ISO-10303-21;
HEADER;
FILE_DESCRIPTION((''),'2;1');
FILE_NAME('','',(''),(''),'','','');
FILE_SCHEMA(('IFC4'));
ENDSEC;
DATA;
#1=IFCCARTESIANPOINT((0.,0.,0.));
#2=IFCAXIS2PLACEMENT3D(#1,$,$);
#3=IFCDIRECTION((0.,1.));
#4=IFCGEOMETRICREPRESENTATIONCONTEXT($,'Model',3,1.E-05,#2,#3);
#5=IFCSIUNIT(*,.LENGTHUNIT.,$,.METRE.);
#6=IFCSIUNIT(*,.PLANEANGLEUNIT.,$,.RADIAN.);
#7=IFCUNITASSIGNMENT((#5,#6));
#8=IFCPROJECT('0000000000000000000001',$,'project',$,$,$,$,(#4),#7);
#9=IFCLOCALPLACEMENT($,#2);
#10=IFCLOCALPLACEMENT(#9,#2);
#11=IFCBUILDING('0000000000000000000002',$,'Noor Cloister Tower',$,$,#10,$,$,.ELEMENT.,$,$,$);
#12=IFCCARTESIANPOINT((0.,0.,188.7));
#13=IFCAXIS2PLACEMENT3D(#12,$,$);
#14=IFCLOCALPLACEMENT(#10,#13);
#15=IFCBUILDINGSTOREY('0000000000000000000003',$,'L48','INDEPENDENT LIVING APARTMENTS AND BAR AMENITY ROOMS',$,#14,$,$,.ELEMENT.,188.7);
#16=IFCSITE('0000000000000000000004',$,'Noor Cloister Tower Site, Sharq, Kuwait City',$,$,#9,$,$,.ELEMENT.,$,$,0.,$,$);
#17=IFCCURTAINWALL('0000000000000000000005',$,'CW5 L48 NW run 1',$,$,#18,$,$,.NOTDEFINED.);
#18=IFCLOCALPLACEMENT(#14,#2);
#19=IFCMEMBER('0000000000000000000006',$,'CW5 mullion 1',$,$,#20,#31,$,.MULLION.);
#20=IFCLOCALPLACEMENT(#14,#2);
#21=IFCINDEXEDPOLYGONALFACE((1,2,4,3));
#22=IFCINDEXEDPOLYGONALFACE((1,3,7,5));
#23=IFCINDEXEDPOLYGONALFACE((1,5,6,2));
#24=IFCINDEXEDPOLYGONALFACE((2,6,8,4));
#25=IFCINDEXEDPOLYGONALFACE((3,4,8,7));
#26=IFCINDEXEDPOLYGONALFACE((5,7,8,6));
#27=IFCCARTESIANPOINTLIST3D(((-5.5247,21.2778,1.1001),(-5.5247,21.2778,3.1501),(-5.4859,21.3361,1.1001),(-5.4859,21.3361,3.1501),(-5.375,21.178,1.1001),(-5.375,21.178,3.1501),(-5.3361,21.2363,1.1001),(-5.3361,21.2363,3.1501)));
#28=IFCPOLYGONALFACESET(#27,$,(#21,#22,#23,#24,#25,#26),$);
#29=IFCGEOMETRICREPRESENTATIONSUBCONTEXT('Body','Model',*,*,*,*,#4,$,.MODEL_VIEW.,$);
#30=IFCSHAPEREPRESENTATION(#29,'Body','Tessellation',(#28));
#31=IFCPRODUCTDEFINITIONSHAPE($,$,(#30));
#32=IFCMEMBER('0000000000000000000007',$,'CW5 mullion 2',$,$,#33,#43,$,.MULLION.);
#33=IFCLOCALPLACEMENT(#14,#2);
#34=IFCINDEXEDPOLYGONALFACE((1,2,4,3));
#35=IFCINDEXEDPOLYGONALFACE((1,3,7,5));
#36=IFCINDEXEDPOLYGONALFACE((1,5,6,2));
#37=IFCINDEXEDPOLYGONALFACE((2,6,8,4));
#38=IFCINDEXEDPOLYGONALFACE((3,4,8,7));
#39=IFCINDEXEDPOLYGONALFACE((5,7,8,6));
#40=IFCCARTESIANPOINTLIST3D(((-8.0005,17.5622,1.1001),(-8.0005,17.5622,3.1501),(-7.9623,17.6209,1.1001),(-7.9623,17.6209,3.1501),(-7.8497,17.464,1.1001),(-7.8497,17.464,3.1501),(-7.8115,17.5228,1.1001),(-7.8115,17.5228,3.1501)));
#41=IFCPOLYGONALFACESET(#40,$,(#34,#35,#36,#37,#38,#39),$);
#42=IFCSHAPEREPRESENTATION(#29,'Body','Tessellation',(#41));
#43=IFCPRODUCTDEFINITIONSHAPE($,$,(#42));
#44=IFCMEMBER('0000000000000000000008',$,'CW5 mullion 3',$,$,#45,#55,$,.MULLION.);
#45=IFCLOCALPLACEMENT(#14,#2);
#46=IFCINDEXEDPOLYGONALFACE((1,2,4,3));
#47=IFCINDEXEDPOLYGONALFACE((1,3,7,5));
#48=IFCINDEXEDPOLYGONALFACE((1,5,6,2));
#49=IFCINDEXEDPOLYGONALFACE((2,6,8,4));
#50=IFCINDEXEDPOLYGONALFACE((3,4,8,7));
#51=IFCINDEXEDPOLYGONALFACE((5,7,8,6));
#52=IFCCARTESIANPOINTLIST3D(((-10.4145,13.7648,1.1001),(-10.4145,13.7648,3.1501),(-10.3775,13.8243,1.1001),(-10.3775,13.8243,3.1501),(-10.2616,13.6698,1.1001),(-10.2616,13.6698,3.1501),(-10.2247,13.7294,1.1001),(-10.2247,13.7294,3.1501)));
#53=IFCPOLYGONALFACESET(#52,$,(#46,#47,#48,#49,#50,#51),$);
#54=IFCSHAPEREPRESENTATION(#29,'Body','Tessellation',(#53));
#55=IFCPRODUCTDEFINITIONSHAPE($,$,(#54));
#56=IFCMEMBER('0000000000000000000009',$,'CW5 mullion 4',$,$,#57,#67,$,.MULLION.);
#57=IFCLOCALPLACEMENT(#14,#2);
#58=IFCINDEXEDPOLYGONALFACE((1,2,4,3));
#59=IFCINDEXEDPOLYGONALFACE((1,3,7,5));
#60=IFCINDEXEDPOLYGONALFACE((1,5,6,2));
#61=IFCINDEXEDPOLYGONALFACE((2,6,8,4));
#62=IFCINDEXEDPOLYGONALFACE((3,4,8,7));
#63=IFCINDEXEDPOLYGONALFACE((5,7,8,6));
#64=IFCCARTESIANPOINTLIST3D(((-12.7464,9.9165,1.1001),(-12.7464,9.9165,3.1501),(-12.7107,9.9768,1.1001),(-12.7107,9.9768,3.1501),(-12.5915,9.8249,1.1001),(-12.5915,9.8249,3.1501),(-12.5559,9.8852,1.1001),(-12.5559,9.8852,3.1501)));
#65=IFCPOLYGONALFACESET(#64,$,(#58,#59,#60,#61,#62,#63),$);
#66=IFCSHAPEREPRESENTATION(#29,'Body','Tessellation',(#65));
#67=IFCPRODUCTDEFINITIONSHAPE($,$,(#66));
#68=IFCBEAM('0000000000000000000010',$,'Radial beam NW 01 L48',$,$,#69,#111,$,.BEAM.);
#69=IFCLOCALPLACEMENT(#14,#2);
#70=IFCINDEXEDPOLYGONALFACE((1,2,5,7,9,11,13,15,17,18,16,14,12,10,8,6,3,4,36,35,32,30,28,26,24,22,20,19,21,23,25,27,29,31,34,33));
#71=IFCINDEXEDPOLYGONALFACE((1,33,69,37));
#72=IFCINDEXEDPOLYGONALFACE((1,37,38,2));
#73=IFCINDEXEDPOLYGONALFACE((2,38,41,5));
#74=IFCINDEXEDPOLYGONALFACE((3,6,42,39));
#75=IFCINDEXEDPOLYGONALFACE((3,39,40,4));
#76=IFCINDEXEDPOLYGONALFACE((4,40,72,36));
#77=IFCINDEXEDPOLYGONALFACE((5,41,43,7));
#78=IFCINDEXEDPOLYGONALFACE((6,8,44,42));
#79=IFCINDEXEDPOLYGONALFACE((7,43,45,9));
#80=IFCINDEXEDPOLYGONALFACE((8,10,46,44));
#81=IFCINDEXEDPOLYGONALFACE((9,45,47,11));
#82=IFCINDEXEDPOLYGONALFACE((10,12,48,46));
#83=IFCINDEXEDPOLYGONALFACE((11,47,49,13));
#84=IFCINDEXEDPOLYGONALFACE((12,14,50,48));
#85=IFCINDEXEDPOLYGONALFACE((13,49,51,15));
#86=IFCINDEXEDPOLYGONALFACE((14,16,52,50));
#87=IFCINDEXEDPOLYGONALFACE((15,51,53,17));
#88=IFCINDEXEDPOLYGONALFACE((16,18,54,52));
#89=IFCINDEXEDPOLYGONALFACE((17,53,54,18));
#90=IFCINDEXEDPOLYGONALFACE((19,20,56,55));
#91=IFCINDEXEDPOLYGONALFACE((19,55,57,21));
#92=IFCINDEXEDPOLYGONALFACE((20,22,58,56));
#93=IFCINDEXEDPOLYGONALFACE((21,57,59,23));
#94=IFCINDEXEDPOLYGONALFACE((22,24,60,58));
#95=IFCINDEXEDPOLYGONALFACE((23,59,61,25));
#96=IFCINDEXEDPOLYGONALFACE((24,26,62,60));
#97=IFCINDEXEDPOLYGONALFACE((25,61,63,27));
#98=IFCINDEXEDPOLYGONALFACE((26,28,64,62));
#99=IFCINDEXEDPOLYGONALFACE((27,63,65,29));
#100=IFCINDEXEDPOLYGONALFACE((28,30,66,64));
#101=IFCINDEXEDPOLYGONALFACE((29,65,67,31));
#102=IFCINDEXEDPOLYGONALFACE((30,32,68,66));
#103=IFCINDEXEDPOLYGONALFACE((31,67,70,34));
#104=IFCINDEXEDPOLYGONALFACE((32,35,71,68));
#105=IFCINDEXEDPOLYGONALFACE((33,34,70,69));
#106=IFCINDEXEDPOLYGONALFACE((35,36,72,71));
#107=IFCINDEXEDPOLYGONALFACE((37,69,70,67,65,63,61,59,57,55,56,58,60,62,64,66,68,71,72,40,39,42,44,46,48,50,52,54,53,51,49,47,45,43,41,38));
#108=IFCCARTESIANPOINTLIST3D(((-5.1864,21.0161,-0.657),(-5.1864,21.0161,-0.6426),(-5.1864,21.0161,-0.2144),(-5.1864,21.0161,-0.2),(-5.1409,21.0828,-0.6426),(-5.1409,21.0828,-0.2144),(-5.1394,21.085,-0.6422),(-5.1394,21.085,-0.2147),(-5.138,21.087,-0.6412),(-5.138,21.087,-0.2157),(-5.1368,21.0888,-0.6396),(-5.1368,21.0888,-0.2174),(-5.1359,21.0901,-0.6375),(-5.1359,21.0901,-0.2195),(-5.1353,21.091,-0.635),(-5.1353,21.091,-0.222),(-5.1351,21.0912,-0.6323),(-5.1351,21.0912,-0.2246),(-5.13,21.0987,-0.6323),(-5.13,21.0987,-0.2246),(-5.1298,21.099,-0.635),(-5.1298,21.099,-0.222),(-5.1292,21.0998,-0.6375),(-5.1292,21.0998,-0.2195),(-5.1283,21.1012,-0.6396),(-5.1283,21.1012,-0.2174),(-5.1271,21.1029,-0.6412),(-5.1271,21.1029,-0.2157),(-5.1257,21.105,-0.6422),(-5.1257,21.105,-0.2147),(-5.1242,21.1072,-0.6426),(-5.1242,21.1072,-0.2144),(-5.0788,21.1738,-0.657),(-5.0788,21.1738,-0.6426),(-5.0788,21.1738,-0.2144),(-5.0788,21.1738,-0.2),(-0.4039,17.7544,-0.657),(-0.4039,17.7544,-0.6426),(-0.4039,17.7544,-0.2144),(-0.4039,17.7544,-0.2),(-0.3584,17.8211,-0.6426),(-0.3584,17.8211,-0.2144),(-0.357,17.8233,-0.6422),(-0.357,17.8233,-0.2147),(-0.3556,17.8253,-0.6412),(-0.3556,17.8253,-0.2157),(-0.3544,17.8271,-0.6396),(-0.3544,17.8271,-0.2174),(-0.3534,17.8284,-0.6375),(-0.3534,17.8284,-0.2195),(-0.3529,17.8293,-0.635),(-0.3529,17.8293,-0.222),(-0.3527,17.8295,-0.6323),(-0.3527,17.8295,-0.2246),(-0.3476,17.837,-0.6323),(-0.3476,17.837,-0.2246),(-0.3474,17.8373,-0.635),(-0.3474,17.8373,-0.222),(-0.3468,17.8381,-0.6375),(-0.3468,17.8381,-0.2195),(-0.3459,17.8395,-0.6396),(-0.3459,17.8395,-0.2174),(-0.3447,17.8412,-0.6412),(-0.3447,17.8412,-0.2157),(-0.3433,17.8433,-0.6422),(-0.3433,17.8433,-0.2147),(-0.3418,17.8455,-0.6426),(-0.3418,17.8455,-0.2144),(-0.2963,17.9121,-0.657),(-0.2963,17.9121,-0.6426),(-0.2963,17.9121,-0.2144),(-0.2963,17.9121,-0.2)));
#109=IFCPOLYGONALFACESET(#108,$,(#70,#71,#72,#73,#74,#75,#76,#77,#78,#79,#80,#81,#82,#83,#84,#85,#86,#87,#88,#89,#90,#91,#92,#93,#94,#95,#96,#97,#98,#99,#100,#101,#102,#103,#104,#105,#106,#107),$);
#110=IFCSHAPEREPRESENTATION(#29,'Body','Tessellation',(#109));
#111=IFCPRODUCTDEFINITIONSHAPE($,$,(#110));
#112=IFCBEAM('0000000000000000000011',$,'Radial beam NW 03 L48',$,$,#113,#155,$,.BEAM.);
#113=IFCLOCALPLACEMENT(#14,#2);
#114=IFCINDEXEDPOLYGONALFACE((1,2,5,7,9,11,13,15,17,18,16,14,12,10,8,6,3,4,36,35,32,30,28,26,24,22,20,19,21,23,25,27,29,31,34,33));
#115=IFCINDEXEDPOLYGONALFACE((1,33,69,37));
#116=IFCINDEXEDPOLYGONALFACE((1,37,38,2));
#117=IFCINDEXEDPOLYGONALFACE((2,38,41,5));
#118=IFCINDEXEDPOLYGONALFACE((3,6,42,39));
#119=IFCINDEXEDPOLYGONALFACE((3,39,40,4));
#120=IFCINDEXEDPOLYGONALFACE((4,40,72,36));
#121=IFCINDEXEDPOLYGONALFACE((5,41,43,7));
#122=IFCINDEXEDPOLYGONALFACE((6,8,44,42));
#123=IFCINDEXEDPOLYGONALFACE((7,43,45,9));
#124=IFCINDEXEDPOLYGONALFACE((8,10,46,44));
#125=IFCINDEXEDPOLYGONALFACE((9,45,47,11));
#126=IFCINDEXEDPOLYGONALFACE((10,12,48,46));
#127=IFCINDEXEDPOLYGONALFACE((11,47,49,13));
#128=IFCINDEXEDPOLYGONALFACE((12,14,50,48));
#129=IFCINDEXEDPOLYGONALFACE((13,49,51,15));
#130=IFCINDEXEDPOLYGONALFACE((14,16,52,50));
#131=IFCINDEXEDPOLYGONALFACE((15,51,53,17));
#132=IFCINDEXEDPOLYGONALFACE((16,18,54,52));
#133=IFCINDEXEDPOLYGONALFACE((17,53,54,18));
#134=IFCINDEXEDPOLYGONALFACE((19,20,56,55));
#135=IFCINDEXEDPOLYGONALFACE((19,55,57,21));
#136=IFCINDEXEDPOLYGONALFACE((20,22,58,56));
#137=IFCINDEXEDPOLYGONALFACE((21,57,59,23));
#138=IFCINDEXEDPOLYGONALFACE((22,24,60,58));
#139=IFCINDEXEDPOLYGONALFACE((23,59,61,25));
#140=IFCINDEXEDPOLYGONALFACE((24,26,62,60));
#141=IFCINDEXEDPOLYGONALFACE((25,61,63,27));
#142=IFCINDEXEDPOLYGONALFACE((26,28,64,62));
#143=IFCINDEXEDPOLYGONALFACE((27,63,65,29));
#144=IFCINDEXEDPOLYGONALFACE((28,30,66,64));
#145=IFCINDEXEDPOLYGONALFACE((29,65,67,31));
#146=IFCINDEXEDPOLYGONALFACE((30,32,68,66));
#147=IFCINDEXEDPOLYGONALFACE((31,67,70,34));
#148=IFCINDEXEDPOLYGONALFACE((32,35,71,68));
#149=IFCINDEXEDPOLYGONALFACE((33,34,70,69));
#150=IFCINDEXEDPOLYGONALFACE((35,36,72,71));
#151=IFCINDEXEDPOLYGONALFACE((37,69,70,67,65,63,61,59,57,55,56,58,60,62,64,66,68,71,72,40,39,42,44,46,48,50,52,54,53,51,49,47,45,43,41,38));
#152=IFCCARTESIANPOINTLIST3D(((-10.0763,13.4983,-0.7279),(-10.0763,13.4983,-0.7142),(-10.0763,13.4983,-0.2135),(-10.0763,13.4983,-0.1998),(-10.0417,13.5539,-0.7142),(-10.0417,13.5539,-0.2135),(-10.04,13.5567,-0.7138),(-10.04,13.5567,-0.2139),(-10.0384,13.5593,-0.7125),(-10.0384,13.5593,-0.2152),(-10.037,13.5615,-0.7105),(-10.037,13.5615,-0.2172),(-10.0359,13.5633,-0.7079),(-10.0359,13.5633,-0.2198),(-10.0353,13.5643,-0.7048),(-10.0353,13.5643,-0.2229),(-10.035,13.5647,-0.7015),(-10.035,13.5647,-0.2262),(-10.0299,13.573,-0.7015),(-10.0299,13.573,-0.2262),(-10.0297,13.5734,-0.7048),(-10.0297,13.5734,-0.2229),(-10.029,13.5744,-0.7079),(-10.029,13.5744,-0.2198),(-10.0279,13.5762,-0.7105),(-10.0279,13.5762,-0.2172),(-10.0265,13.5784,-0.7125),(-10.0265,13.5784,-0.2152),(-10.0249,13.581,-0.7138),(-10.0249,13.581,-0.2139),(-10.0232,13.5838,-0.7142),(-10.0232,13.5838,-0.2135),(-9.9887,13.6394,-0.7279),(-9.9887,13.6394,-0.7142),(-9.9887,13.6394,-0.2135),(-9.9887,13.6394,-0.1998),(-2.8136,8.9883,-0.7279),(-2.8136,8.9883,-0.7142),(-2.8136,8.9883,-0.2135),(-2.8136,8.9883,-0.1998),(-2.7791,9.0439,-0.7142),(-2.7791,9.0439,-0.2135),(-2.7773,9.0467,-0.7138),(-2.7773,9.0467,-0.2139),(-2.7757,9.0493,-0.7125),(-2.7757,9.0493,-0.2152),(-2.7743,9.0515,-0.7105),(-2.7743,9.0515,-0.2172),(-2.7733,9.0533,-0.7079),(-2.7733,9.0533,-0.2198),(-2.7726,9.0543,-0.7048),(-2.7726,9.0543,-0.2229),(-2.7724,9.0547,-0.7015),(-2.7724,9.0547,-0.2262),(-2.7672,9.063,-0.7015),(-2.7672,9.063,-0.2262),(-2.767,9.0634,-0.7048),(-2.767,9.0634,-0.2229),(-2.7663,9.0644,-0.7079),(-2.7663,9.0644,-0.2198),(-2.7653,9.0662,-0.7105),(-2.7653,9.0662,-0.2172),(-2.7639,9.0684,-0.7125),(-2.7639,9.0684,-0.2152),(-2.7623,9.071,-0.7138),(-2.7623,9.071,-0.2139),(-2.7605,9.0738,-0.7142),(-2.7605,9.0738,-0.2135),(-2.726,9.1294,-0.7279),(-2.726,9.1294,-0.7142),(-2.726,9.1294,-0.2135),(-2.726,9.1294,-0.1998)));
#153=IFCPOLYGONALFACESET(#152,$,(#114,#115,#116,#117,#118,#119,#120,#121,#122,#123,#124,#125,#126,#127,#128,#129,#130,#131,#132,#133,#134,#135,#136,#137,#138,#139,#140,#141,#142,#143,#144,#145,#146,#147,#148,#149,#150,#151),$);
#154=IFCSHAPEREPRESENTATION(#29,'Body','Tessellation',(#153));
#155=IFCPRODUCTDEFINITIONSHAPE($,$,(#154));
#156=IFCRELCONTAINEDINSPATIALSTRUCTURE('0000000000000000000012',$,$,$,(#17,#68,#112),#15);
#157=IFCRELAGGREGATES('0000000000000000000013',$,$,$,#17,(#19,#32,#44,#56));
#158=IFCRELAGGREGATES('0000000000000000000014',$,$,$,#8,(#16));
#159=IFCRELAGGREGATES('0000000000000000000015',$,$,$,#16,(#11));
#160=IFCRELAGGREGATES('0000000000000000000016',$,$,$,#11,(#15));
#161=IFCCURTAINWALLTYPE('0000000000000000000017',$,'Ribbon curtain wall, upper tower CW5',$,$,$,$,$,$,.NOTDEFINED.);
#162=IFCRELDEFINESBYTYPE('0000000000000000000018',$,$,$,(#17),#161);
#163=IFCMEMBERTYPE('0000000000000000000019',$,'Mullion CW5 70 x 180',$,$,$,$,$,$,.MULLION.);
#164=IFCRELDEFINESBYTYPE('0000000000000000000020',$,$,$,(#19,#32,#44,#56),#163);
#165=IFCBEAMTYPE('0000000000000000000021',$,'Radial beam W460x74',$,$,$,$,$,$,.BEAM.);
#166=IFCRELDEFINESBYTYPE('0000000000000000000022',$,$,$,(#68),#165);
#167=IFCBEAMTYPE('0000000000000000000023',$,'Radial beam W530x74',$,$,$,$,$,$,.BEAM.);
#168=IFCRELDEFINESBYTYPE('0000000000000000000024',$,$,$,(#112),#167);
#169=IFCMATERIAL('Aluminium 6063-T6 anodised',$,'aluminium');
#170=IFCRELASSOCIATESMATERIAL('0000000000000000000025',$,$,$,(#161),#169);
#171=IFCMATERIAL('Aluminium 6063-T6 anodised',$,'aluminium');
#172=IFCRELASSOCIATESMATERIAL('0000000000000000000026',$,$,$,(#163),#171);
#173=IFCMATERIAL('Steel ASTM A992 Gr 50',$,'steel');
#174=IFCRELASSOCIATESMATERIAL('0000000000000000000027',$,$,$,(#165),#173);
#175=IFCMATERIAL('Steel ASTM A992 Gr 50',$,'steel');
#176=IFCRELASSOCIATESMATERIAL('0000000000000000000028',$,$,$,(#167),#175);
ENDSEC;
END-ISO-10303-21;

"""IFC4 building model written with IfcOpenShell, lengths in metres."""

from ifc_helpers import new_model, si_unit, direction, frame, origin, origin_2d, place, context, subcontext, project, spatial, rectangle, i_section, extrude, material, material_profile, profile_set, type_object, element, aggregate, save


model = new_model("IFC4")

# Units and contexts
model_context = context("Model", 3, precision=1e-05, world=origin(), true_north=direction((0.0, 1.0)))
body_context = subcontext(model_context, "Body", "Model", "MODEL_VIEW")
ifc_project = project(units=[si_unit("LENGTHUNIT", "METRE"), si_unit("PLANEANGLEUNIT", "RADIAN")], contexts=[model_context])

# Site, building, storey
site_placement = place(None, origin())
site = spatial("IfcSite", under=ifc_project, at=site_placement, Name="Noor Cloister Tower Site, Sharq, Kuwait City", CompositionType="ELEMENT", RefElevation=0.0)
building_placement = place(site_placement, origin())
building = spatial("IfcBuilding", under=site, at=building_placement, Name="Noor Cloister Tower", CompositionType="ELEMENT")
storey_placement = place(building_placement, frame((0.0, 0.0, 188.7)))
storey = spatial("IfcBuildingStorey", under=building, at=storey_placement, Name="L48", Description="INDEPENDENT LIVING APARTMENTS AND BAR AMENITY ROOMS", CompositionType="ELEMENT", Elevation=188.7)

# Curtain wall, members
ifc_material_1 = material(Name="Aluminium 6063-T6 anodised", Category="aluminium")
curtain_wall_type = type_object("IfcCurtainWallType", Name="Ribbon curtain wall, upper tower CW5", PredefinedType="NOTDEFINED", material=ifc_material_1)
curtain_wall_placement = place(storey_placement, origin())
curtain_wall = element("IfcCurtainWall", 1, at=curtain_wall_placement, inside=storey, type_object=curtain_wall_type, Name="CW5 L48 NW run 1", PredefinedType="NOTDEFINED")
ifc_material_2 = material(Name="Aluminium 6063-T6 anodised", Category="aluminium")
ifc_material_profile_1 = material_profile(ifc_material_2, rectangle(XDim=0.1799, YDim=0.0701, at=origin_2d()), Name="180 x 70 mullion")
ifc_profile_set_1 = profile_set([ifc_material_profile_1], Name="Aluminium 6063-T6 anodised")
member_type = type_object("IfcMemberType", Name="Mullion CW5 70 x 180", PredefinedType="MULLION", material=ifc_profile_set_1)
member_1_placement = place(storey_placement, frame((-5.4304, 21.2571, 1.1001), z_axis=(0.0, 0.0, 1.0), x_axis=(0.83215, -0.554551, 0.0)))
member_1 = element("IfcMember", 2, at=member_1_placement, type_object=member_type, Name="CW5 mullion 1", PredefinedType="MULLION", context=body_context, shape_type="SweptSolid", body=[
    extrude(rectangle(XDim=0.1799, YDim=0.0701, at=origin_2d()), origin(), (0.0, 0.0, 1.0), 2.05),
])
member_2_placement = place(storey_placement, frame((-7.906, 17.5425, 1.1001), z_axis=(0.0, 0.0, 1.0), x_axis=(0.838038, -0.545612, 0.0)))
member_2 = element("IfcMember", 3, at=member_2_placement, type_object=member_type, Name="CW5 mullion 2", PredefinedType="MULLION", context=body_context, shape_type="SweptSolid", body=[
    extrude(rectangle(XDim=0.1799, YDim=0.0701, at=origin_2d()), origin(), (0.0, 0.0, 1.0), 2.05),
])
member_3_placement = place(storey_placement, frame((-10.3196, 13.7471, 1.1001), z_axis=(0.0, 0.0, 1.0), x_axis=(0.849526, -0.527547, 0.0)))
member_3 = element("IfcMember", 4, at=member_3_placement, type_object=member_type, Name="CW5 mullion 3", PredefinedType="MULLION", context=body_context, shape_type="SweptSolid", body=[
    extrude(rectangle(XDim=0.1799, YDim=0.0701, at=origin_2d()), origin(), (0.0, 0.0, 1.0), 2.05),
])
member_4_placement = place(storey_placement, frame((-12.6511, 9.9009, 1.1001), z_axis=(0.0, 0.0, 1.0), x_axis=(0.860624, -0.509241, 0.0)))
member_4 = element("IfcMember", 5, at=member_4_placement, type_object=member_type, Name="CW5 mullion 4", PredefinedType="MULLION", context=body_context, shape_type="SweptSolid", body=[
    extrude(rectangle(XDim=0.1799, YDim=0.0701, at=origin_2d()), origin(), (0.0, 0.0, 1.0), 2.05),
])

# Beams
ifc_material_3 = material(Name="Steel ASTM A992 Gr 50", Category="steel")
ifc_material_profile_2 = material_profile(ifc_material_3, i_section(OverallWidth=0.1909, OverallDepth=0.457, WebThickness=0.009, FlangeThickness=0.0144, FilletRadius=0.0103, at=origin_2d()), Name="W460x74")
ifc_profile_set_2 = profile_set([ifc_material_profile_2], Name="Steel ASTM A992 Gr 50")
beam_type_1 = type_object("IfcBeamType", Name="Radial beam W460x74", PredefinedType="BEAM", material=ifc_profile_set_2)
beam_1_placement = place(storey_placement, frame((-5.1326, 21.095, -0.4285), z_axis=(0.826151, -0.563448, 0.0), x_axis=(0.563448, 0.826151, 0.0)))
element("IfcBeam", 6, at=beam_1_placement, inside=storey, type_object=beam_type_1, Name="Radial beam NW 01 L48", PredefinedType="BEAM", context=body_context, shape_type="SweptSolid", body=[
    extrude(i_section(OverallWidth=0.1909, OverallDepth=0.457, WebThickness=0.009, FlangeThickness=0.0144, FilletRadius=0.0103, at=origin_2d()), origin(), (0.0, 0.0, 1.0), 5.7888),
])
ifc_material_4 = material(Name="Steel ASTM A992 Gr 50", Category="steel")
ifc_material_profile_3 = material_profile(ifc_material_4, i_section(OverallWidth=0.166, OverallDepth=0.5281, WebThickness=0.0098, FlangeThickness=0.0137, FilletRadius=0.0127, at=origin_2d()), Name="W530x74")
ifc_profile_set_3 = profile_set([ifc_material_profile_3], Name="Steel ASTM A992 Gr 50")
beam_type_2 = type_object("IfcBeamType", Name="Radial beam W530x74", PredefinedType="BEAM", material=ifc_profile_set_3)
beam_2_placement = place(storey_placement, frame((-10.0325, 13.5688, -0.4639), z_axis=(0.849529, -0.527543, 0.0), x_axis=(0.527543, 0.849529, 0.0)))
element("IfcBeam", 7, at=beam_2_placement, inside=storey, type_object=beam_type_2, Name="Radial beam NW 03 L48", PredefinedType="BEAM", context=body_context, shape_type="SweptSolid", body=[
    extrude(i_section(OverallWidth=0.166, OverallDepth=0.5281, WebThickness=0.0098, FlangeThickness=0.0137, FilletRadius=0.0127, at=origin_2d()), origin(), (0.0, 0.0, 1.0), 8.5491),
])

aggregate(curtain_wall, [member_1, member_2, member_3, member_4])

save(model, "model.ifc")
